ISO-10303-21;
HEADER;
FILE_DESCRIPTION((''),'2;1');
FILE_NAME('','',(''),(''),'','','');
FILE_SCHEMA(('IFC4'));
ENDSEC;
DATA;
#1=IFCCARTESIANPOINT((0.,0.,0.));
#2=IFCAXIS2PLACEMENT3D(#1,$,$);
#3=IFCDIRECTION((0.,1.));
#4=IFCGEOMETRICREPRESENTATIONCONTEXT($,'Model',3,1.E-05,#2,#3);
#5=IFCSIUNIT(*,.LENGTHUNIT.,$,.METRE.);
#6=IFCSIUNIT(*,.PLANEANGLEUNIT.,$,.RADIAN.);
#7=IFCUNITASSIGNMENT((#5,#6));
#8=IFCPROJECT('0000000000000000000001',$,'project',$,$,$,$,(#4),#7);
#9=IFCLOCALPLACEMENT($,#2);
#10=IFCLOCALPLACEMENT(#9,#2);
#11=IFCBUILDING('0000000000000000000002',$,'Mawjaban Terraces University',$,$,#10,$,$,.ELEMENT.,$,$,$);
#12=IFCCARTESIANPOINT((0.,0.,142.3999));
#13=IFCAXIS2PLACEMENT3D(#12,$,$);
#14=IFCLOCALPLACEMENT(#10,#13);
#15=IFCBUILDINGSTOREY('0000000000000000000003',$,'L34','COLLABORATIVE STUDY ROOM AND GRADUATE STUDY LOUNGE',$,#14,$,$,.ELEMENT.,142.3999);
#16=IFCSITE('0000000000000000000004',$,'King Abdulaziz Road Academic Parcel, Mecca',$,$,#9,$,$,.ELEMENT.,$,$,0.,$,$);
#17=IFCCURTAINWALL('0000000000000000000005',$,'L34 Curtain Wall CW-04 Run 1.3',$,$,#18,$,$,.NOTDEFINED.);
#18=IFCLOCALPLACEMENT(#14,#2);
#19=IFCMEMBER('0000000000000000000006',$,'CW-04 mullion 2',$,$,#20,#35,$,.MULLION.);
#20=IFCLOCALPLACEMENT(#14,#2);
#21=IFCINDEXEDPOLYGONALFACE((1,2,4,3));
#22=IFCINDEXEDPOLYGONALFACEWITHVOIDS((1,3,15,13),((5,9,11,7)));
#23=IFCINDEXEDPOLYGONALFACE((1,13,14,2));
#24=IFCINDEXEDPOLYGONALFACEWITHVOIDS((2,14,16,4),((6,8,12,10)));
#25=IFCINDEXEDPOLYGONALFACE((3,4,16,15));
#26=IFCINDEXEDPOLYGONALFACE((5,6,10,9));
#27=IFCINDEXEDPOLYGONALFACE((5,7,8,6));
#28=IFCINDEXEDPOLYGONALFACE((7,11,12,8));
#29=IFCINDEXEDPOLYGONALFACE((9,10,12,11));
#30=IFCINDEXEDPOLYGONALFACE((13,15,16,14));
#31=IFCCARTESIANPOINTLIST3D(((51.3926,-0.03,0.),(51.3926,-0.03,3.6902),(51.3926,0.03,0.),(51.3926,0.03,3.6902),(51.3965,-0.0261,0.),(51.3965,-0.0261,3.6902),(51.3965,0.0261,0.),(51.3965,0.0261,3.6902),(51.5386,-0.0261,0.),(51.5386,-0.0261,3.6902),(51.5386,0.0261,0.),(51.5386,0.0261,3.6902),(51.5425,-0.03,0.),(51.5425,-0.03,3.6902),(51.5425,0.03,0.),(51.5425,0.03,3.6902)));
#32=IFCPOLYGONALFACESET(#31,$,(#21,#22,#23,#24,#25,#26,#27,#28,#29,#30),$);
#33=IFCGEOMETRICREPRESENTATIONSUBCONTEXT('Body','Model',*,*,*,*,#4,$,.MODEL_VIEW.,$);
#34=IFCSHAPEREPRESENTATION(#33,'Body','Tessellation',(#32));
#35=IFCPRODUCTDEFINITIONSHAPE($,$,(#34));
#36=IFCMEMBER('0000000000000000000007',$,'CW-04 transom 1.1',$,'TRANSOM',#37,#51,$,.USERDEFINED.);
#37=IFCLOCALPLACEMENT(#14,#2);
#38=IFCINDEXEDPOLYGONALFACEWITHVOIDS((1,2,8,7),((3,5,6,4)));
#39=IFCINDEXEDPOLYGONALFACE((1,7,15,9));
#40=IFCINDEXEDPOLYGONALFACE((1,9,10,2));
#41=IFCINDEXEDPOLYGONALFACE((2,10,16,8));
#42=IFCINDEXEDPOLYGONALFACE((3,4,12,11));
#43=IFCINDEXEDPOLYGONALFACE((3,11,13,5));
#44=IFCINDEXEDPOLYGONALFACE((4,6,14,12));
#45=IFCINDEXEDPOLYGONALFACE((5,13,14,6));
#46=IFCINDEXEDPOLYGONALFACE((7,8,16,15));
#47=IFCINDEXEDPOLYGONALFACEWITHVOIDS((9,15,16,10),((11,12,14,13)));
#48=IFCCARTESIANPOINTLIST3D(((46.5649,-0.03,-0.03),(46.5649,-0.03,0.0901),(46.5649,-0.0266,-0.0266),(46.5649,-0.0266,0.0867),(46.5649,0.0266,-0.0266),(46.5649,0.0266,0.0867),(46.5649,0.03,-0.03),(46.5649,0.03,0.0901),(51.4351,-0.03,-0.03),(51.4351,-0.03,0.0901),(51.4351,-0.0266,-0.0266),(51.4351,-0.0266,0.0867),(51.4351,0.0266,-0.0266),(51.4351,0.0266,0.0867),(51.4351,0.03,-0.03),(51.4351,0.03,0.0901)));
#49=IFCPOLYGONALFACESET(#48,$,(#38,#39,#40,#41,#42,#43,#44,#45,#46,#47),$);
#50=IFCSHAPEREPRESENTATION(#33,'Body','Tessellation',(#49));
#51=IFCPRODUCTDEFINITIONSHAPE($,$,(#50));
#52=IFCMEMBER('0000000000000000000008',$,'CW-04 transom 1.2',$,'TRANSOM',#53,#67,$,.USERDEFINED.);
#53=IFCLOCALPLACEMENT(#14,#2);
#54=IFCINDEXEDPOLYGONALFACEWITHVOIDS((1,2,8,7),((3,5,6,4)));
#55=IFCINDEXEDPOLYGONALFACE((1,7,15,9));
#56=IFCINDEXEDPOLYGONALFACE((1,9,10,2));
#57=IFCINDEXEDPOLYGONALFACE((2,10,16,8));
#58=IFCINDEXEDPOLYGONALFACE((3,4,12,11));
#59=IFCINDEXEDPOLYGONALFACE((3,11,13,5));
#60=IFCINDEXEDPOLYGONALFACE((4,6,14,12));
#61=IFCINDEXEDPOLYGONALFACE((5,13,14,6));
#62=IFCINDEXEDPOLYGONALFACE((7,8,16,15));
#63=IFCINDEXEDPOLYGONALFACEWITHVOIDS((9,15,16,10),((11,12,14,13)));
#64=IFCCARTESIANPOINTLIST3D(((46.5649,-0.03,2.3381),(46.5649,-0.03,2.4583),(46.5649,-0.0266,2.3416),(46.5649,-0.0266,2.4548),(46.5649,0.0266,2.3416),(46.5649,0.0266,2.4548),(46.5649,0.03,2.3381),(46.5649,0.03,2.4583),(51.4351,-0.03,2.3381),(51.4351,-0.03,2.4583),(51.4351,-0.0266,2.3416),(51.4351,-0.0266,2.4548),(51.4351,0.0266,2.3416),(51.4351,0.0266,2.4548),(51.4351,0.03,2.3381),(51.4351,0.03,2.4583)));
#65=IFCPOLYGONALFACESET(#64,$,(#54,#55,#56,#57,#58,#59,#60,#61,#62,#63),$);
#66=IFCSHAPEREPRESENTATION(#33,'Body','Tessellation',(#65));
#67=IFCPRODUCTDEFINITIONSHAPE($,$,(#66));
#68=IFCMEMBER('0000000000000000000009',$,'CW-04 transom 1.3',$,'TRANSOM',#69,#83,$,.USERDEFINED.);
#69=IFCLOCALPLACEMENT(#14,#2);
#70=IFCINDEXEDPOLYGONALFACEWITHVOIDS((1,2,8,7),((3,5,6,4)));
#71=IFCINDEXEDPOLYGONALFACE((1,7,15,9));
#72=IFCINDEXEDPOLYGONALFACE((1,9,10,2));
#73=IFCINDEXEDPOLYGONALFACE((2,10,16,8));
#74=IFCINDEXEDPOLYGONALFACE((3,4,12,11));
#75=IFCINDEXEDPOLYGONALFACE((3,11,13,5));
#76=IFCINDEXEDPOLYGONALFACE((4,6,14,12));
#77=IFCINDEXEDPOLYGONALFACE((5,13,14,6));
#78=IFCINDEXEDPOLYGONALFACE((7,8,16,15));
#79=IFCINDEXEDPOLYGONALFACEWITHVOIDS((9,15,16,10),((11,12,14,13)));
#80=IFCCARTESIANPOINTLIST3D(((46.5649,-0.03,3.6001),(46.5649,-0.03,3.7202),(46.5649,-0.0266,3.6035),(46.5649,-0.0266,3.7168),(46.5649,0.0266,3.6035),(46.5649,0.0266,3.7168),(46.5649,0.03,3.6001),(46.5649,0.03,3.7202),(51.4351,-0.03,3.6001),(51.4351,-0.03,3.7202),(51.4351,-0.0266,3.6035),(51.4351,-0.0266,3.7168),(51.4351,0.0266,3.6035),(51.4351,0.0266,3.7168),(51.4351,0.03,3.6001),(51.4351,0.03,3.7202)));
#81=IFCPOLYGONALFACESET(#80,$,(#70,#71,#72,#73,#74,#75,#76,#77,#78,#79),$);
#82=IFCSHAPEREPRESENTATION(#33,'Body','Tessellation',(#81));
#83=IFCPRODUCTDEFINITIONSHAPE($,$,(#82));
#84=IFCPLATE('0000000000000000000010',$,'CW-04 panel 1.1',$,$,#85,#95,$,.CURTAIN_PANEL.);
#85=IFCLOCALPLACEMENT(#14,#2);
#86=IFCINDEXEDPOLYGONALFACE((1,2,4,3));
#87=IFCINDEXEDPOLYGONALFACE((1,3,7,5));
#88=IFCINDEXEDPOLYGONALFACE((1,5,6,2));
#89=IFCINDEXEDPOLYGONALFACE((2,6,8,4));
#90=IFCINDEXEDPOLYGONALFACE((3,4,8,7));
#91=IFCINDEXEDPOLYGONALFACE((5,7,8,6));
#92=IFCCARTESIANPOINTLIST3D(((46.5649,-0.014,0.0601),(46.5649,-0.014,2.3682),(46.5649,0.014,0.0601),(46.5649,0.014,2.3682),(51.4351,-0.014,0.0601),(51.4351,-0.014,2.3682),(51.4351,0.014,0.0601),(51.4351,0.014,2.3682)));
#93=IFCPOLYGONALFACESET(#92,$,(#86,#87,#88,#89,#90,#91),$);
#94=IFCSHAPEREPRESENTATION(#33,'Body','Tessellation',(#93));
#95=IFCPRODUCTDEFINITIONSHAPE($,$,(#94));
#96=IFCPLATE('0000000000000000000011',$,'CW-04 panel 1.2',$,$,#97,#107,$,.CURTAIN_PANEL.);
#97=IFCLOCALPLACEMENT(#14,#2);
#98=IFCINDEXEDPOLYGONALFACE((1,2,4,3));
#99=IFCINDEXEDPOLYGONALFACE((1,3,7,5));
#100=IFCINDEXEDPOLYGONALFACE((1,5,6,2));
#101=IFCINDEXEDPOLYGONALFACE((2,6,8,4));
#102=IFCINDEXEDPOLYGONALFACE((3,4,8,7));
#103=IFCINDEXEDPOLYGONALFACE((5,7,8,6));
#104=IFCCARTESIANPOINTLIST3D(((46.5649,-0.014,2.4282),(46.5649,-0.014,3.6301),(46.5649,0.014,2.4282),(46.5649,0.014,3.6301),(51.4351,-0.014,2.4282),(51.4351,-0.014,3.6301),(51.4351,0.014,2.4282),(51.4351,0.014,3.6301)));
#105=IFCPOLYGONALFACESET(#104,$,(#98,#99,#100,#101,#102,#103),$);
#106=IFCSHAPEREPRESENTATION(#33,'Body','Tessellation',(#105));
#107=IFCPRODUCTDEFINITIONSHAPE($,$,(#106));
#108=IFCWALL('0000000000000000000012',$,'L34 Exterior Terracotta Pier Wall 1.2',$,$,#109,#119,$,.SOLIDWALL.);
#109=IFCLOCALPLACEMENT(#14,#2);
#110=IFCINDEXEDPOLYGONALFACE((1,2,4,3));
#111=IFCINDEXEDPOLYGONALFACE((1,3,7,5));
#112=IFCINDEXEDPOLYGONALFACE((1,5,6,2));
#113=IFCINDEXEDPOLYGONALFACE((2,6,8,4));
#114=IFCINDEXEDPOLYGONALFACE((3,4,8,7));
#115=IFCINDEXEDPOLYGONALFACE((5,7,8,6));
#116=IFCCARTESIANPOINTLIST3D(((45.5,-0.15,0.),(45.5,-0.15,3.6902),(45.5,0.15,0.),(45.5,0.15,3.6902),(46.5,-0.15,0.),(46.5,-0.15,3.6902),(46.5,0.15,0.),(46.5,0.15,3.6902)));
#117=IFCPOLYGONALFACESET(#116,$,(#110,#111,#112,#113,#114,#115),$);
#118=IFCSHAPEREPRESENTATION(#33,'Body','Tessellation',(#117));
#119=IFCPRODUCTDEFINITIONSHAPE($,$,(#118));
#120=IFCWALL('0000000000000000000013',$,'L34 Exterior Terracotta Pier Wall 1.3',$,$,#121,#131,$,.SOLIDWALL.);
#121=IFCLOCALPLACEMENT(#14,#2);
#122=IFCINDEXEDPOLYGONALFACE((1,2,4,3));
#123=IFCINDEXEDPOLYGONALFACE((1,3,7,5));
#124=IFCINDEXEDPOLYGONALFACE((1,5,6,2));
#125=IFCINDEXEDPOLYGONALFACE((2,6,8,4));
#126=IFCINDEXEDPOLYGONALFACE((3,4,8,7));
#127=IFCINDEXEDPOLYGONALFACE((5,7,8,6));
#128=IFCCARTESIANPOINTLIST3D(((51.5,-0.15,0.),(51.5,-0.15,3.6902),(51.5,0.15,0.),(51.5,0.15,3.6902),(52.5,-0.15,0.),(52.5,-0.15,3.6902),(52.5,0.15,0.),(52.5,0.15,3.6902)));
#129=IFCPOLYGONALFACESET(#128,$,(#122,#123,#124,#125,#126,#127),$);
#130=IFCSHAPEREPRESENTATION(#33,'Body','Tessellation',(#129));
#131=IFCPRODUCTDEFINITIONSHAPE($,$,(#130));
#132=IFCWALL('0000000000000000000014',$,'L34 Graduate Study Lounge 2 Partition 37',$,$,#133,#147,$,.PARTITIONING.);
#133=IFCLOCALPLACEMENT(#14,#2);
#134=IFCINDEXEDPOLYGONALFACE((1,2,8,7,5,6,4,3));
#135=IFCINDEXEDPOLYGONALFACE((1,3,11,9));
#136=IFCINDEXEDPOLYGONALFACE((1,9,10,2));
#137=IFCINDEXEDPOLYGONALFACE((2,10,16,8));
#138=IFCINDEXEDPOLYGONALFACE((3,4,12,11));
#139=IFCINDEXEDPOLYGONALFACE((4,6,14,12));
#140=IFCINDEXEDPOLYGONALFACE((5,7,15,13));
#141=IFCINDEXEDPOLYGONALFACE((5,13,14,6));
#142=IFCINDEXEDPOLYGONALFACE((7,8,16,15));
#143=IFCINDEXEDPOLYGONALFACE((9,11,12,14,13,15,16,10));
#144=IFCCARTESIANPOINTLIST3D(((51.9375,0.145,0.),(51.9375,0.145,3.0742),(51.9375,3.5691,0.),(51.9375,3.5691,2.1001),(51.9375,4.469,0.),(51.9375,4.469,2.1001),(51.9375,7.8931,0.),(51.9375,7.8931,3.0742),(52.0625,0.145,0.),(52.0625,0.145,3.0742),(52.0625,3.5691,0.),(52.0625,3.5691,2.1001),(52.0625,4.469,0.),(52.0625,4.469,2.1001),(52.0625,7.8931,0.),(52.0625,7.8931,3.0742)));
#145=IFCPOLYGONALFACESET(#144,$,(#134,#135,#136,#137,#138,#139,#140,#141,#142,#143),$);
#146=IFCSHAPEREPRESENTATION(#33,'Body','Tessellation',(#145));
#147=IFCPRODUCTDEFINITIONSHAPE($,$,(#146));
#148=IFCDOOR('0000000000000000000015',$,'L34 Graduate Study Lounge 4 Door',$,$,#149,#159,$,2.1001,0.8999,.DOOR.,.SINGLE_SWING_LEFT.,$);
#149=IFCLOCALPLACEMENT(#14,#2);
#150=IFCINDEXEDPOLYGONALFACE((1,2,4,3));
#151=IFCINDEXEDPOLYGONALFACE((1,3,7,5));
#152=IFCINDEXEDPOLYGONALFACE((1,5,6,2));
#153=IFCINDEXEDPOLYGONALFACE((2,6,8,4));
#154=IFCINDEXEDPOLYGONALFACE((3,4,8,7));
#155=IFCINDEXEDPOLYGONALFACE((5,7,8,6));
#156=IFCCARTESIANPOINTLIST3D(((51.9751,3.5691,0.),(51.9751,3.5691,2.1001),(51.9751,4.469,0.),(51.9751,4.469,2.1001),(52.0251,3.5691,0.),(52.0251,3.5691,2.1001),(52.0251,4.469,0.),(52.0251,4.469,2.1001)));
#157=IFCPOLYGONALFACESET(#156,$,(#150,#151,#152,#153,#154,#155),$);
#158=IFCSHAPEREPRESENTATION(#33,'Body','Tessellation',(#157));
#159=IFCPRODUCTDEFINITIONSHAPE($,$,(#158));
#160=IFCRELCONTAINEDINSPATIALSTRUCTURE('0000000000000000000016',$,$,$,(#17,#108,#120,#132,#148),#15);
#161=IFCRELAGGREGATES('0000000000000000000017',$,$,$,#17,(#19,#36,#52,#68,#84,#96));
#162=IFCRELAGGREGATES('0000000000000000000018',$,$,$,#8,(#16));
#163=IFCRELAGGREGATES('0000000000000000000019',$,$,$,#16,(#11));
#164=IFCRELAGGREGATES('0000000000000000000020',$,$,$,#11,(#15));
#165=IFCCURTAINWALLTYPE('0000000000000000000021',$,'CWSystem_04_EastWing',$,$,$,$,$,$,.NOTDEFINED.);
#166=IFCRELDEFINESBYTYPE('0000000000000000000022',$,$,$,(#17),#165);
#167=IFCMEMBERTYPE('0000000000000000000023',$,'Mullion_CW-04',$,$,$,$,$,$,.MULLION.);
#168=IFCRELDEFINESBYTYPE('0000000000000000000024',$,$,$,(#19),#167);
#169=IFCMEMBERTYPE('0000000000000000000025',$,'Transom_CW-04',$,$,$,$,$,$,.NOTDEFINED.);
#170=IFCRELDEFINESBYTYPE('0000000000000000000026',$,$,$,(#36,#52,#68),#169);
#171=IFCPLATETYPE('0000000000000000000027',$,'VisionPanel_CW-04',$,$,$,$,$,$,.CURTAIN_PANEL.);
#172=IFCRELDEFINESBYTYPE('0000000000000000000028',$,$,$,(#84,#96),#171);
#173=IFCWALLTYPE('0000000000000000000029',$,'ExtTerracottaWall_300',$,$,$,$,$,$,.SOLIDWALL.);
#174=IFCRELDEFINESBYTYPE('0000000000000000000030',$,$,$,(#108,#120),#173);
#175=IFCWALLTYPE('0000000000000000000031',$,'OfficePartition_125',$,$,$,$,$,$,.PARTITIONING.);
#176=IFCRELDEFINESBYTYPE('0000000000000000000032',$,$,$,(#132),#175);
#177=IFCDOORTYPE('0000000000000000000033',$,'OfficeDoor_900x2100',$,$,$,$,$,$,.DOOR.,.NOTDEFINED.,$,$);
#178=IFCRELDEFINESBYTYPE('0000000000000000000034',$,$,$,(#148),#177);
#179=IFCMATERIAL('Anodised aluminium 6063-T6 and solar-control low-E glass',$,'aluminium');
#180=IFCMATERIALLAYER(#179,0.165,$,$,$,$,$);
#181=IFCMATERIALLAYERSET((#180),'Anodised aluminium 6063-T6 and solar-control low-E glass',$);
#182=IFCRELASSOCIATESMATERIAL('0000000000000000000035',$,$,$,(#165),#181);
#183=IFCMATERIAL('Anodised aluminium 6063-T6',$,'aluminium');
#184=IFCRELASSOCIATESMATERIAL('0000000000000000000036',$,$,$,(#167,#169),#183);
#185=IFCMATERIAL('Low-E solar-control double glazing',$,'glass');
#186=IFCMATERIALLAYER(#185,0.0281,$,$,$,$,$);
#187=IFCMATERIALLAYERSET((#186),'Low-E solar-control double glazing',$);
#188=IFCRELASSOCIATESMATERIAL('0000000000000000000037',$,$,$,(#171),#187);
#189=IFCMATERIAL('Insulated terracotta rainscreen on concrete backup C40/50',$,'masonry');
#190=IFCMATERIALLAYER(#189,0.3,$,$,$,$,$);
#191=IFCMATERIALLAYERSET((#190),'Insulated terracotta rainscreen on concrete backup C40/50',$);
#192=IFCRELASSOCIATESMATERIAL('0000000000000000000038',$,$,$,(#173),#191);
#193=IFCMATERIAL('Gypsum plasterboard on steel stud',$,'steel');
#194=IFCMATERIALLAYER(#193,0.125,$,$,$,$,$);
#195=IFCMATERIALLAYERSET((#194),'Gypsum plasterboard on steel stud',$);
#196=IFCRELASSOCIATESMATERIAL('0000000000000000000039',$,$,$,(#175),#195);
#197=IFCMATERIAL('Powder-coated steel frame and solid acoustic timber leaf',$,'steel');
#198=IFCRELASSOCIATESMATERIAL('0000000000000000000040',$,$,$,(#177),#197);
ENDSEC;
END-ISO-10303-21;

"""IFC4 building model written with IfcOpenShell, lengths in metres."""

from ifc_helpers import new_model, si_unit, direction, frame, frame_2d, origin, origin_2d, place, context, subcontext, project, spatial, rectangle, hollow_rectangle, extrude, material, layer, layer_set, material_profile, profile_set, type_object, element, fill, aggregate, save


model = new_model("IFC4")

# Units and contexts
model_context = context("Model", 3, precision=1e-05, world=origin(), true_north=direction((0.0, 1.0)))
body_context = subcontext(model_context, "Body", "Model", "MODEL_VIEW")
ifc_project = project(units=[si_unit("LENGTHUNIT", "METRE"), si_unit("PLANEANGLEUNIT", "RADIAN")], contexts=[model_context])

# Site, building, storey
site_placement = place(None, origin())
site = spatial("IfcSite", under=ifc_project, at=site_placement, Name="King Abdulaziz Road Academic Parcel, Mecca", CompositionType="ELEMENT", RefElevation=0.0)
building_placement = place(site_placement, origin())
building = spatial("IfcBuilding", under=site, at=building_placement, Name="Mawjaban Terraces University", CompositionType="ELEMENT")
storey_placement = place(building_placement, frame((0.0, 0.0, 142.3999)))
storey = spatial("IfcBuildingStorey", under=building, at=storey_placement, Name="L34", Description="COLLABORATIVE STUDY ROOM AND GRADUATE STUDY LOUNGE", CompositionType="ELEMENT", Elevation=142.3999)

# Curtain wall, members, plates
ifc_material_1 = material(Name="Anodised aluminium 6063-T6 and solar-control low-E glass", Category="aluminium")
ifc_layer_1 = layer(ifc_material_1, 0.165)
ifc_layer_set_1 = layer_set([ifc_layer_1], Name="Anodised aluminium 6063-T6 and solar-control low-E glass")
curtain_wall_type = type_object("IfcCurtainWallType", Name="CWSystem_04_EastWing", PredefinedType="NOTDEFINED", material=ifc_layer_set_1)
curtain_wall_placement = place(storey_placement, origin())
curtain_wall = element("IfcCurtainWall", 1, at=curtain_wall_placement, inside=storey, type_object=curtain_wall_type, Name="L34 Curtain Wall CW-04 Run 1.3", PredefinedType="NOTDEFINED")
ifc_material_2 = material(Name="Anodised aluminium 6063-T6", Category="aluminium")
ifc_material_profile_1 = material_profile(ifc_material_2, hollow_rectangle(XDim=0.0601, YDim=0.1499, WallThickness=0.0039, at=origin_2d()), Name="ALU150X60X4")
ifc_profile_set_1 = profile_set([ifc_material_profile_1], Name="Anodised aluminium 6063-T6")
member_type_1 = type_object("IfcMemberType", Name="Mullion_CW-04", PredefinedType="MULLION", material=ifc_profile_set_1)
member_1_placement = place(storey_placement, frame((51.4675, 0.0, 0.0), z_axis=(0.0, 0.0, 1.0), x_axis=(0.0, 1.0, 0.0)))
member_1 = element("IfcMember", 2, at=member_1_placement, type_object=member_type_1, Name="CW-04 mullion 2", PredefinedType="MULLION", context=body_context, shape_type="SweptSolid", body=[
    extrude(hollow_rectangle(XDim=0.0601, YDim=0.1499, WallThickness=0.0039, at=origin_2d()), origin(), (0.0, 0.0, 1.0), 3.6902),
])
ifc_material_profile_2 = material_profile(ifc_material_2, hollow_rectangle(XDim=0.0601, YDim=0.1201, WallThickness=0.0034, at=origin_2d()), Name="ALU120X60X3.5")
ifc_profile_set_2 = profile_set([ifc_material_profile_2], Name="Anodised aluminium 6063-T6")
member_type_2 = type_object("IfcMemberType", Name="Transom_CW-04", PredefinedType="NOTDEFINED", material=ifc_profile_set_2)
member_2_placement = place(storey_placement, frame((46.5649, 0.0, 0.03), z_axis=(1.0, 0.0, 0.0), x_axis=(0.0, 1.0, 0.0)))
member_2 = element("IfcMember", 3, at=member_2_placement, type_object=member_type_2, Name="CW-04 transom 1.1", ObjectType="TRANSOM", PredefinedType="USERDEFINED", context=body_context, shape_type="SweptSolid", body=[
    extrude(hollow_rectangle(XDim=0.0601, YDim=0.1201, WallThickness=0.0034, at=origin_2d()), origin(), (0.0, 0.0, 1.0), 4.8701),
])
member_3_placement = place(storey_placement, frame((46.5649, 0.0, 2.3982), z_axis=(1.0, 0.0, 0.0), x_axis=(0.0, 1.0, 0.0)))
member_3 = element("IfcMember", 4, at=member_3_placement, type_object=member_type_2, Name="CW-04 transom 1.2", ObjectType="TRANSOM", PredefinedType="USERDEFINED", context=body_context, shape_type="SweptSolid", body=[
    extrude(hollow_rectangle(XDim=0.0601, YDim=0.1201, WallThickness=0.0034, at=origin_2d()), origin(), (0.0, 0.0, 1.0), 4.8701),
])
member_4_placement = place(storey_placement, frame((46.5649, 0.0, 3.6602), z_axis=(1.0, 0.0, 0.0), x_axis=(0.0, 1.0, 0.0)))
member_4 = element("IfcMember", 5, at=member_4_placement, type_object=member_type_2, Name="CW-04 transom 1.3", ObjectType="TRANSOM", PredefinedType="USERDEFINED", context=body_context, shape_type="SweptSolid", body=[
    extrude(hollow_rectangle(XDim=0.0601, YDim=0.1201, WallThickness=0.0034, at=origin_2d()), origin(), (0.0, 0.0, 1.0), 4.8701),
])
ifc_material_3 = material(Name="Low-E solar-control double glazing", Category="glass")
ifc_layer_2 = layer(ifc_material_3, 0.0281)
ifc_layer_set_2 = layer_set([ifc_layer_2], Name="Low-E solar-control double glazing")
plate_type = type_object("IfcPlateType", Name="VisionPanel_CW-04", PredefinedType="CURTAIN_PANEL", material=ifc_layer_set_2)
plate_1_placement = place(storey_placement, frame((49.0, 0.0, 0.0601), z_axis=(0.0, 0.0, 1.0), x_axis=(1.0, 0.0, 0.0)))
plate_1 = element("IfcPlate", 6, at=plate_1_placement, type_object=plate_type, Name="CW-04 panel 1.1", PredefinedType="CURTAIN_PANEL", context=body_context, shape_type="SweptSolid", body=[
    extrude(rectangle(XDim=4.8701, YDim=0.0281, at=origin_2d()), origin(), (0.0, 0.0, 1.0), 2.3081),
])
plate_2_placement = place(storey_placement, frame((49.0, 0.0, 2.4282), z_axis=(0.0, 0.0, 1.0), x_axis=(1.0, 0.0, 0.0)))
plate_2 = element("IfcPlate", 7, at=plate_2_placement, type_object=plate_type, Name="CW-04 panel 1.2", PredefinedType="CURTAIN_PANEL", context=body_context, shape_type="SweptSolid", body=[
    extrude(rectangle(XDim=4.8701, YDim=0.0281, at=origin_2d()), origin(), (0.0, 0.0, 1.0), 1.2019),
])
aggregate(curtain_wall, [member_1, member_2, member_3, member_4, plate_1, plate_2])

# Walls
ifc_material_4 = material(Name="Insulated terracotta rainscreen on concrete backup C40/50", Category="masonry")
ifc_layer_3 = layer(ifc_material_4, 0.3)
ifc_layer_set_3 = layer_set([ifc_layer_3], Name="Insulated terracotta rainscreen on concrete backup C40/50")
wall_type_1 = type_object("IfcWallType", Name="ExtTerracottaWall_300", PredefinedType="SOLIDWALL", material=ifc_layer_set_3)
for number, where, z_axis, x_axis, name in (
    (8, (45.5, 0.0, 0.0), (0.0, 0.0, 1.0), (1.0, 0.0, 0.0), "L34 Exterior Terracotta Pier Wall 1.2"),
    (9, (51.5, 0.0, 0.0), (0.0, 0.0, 1.0), (1.0, 0.0, 0.0), "L34 Exterior Terracotta Pier Wall 1.3"),
):
    element("IfcWall", number, at=place(storey_placement, frame(where, z_axis=z_axis, x_axis=x_axis)), inside=storey, type_object=wall_type_1, Name=name, PredefinedType="SOLIDWALL", context=body_context, shape_type="SweptSolid", body=[
        extrude(rectangle(XDim=1.0, YDim=0.3, at=frame_2d((0.5, 0.0))), origin(), (0.0, 0.0, 1.0), 3.6902),
    ])

# Wall, opening, door
ifc_material_5 = material(Name="Gypsum plasterboard on steel stud", Category="steel")
ifc_layer_4 = layer(ifc_material_5, 0.125)
ifc_layer_set_4 = layer_set([ifc_layer_4], Name="Gypsum plasterboard on steel stud")
wall_type_2 = type_object("IfcWallType", Name="OfficePartition_125", PredefinedType="PARTITIONING", material=ifc_layer_set_4)
wall_placement = place(storey_placement, frame((52.0, 0.145, 0.0), z_axis=(0.0, 0.0, 1.0), x_axis=(0.0, 1.0, 0.0)))
wall = element("IfcWall", 10, at=wall_placement, inside=storey, type_object=wall_type_2, Name="L34 Graduate Study Lounge 2 Partition 37", PredefinedType="PARTITIONING", context=body_context, shape_type="SweptSolid", body=[
    extrude(rectangle(XDim=7.748, YDim=0.125, at=frame_2d((3.874, 0.0))), origin(), (0.0, 0.0, 1.0), 3.0742),
])
opening_placement = place(wall_placement, frame((3.4241, 0.0, 0.0)))
opening = element("IfcOpeningElement", 11, at=opening_placement, cuts=wall, PredefinedType="OPENING", context=body_context, shape_type="SweptSolid", body=[
    extrude(rectangle(XDim=0.8999, YDim=2.1001, at=frame_2d((0.45, 1.05))), frame((0.0, 0.0725, 0.0), z_axis=(0.0, -1.0, 0.0), x_axis=(1.0, 0.0, 0.0)), (0.0, 0.0, 1.0), 0.145),
])
ifc_material_6 = material(Name="Powder-coated steel frame and solid acoustic timber leaf", Category="steel")
door_type = type_object("IfcDoorType", Name="OfficeDoor_900x2100", OperationType="NOTDEFINED", PredefinedType="DOOR", material=ifc_material_6)
door_placement = place(opening_placement, origin())
door = element("IfcDoor", 12, at=door_placement, inside=storey, type_object=door_type, Name="L34 Graduate Study Lounge 4 Door", OperationType="SINGLE_SWING_LEFT", OverallHeight=2.1001, OverallWidth=0.8999, PredefinedType="DOOR", context=body_context, shape_type="SweptSolid", body=[
    extrude(rectangle(XDim=0.8999, YDim=2.1001, at=frame_2d((0.45, 1.05))), frame((0.0, 0.0249, 0.0), z_axis=(0.0, -1.0, 0.0), x_axis=(1.0, 0.0, 0.0)), (0.0, 0.0, 1.0), 0.05),
])
fill(opening, door)

save(model, "model.ifc")
